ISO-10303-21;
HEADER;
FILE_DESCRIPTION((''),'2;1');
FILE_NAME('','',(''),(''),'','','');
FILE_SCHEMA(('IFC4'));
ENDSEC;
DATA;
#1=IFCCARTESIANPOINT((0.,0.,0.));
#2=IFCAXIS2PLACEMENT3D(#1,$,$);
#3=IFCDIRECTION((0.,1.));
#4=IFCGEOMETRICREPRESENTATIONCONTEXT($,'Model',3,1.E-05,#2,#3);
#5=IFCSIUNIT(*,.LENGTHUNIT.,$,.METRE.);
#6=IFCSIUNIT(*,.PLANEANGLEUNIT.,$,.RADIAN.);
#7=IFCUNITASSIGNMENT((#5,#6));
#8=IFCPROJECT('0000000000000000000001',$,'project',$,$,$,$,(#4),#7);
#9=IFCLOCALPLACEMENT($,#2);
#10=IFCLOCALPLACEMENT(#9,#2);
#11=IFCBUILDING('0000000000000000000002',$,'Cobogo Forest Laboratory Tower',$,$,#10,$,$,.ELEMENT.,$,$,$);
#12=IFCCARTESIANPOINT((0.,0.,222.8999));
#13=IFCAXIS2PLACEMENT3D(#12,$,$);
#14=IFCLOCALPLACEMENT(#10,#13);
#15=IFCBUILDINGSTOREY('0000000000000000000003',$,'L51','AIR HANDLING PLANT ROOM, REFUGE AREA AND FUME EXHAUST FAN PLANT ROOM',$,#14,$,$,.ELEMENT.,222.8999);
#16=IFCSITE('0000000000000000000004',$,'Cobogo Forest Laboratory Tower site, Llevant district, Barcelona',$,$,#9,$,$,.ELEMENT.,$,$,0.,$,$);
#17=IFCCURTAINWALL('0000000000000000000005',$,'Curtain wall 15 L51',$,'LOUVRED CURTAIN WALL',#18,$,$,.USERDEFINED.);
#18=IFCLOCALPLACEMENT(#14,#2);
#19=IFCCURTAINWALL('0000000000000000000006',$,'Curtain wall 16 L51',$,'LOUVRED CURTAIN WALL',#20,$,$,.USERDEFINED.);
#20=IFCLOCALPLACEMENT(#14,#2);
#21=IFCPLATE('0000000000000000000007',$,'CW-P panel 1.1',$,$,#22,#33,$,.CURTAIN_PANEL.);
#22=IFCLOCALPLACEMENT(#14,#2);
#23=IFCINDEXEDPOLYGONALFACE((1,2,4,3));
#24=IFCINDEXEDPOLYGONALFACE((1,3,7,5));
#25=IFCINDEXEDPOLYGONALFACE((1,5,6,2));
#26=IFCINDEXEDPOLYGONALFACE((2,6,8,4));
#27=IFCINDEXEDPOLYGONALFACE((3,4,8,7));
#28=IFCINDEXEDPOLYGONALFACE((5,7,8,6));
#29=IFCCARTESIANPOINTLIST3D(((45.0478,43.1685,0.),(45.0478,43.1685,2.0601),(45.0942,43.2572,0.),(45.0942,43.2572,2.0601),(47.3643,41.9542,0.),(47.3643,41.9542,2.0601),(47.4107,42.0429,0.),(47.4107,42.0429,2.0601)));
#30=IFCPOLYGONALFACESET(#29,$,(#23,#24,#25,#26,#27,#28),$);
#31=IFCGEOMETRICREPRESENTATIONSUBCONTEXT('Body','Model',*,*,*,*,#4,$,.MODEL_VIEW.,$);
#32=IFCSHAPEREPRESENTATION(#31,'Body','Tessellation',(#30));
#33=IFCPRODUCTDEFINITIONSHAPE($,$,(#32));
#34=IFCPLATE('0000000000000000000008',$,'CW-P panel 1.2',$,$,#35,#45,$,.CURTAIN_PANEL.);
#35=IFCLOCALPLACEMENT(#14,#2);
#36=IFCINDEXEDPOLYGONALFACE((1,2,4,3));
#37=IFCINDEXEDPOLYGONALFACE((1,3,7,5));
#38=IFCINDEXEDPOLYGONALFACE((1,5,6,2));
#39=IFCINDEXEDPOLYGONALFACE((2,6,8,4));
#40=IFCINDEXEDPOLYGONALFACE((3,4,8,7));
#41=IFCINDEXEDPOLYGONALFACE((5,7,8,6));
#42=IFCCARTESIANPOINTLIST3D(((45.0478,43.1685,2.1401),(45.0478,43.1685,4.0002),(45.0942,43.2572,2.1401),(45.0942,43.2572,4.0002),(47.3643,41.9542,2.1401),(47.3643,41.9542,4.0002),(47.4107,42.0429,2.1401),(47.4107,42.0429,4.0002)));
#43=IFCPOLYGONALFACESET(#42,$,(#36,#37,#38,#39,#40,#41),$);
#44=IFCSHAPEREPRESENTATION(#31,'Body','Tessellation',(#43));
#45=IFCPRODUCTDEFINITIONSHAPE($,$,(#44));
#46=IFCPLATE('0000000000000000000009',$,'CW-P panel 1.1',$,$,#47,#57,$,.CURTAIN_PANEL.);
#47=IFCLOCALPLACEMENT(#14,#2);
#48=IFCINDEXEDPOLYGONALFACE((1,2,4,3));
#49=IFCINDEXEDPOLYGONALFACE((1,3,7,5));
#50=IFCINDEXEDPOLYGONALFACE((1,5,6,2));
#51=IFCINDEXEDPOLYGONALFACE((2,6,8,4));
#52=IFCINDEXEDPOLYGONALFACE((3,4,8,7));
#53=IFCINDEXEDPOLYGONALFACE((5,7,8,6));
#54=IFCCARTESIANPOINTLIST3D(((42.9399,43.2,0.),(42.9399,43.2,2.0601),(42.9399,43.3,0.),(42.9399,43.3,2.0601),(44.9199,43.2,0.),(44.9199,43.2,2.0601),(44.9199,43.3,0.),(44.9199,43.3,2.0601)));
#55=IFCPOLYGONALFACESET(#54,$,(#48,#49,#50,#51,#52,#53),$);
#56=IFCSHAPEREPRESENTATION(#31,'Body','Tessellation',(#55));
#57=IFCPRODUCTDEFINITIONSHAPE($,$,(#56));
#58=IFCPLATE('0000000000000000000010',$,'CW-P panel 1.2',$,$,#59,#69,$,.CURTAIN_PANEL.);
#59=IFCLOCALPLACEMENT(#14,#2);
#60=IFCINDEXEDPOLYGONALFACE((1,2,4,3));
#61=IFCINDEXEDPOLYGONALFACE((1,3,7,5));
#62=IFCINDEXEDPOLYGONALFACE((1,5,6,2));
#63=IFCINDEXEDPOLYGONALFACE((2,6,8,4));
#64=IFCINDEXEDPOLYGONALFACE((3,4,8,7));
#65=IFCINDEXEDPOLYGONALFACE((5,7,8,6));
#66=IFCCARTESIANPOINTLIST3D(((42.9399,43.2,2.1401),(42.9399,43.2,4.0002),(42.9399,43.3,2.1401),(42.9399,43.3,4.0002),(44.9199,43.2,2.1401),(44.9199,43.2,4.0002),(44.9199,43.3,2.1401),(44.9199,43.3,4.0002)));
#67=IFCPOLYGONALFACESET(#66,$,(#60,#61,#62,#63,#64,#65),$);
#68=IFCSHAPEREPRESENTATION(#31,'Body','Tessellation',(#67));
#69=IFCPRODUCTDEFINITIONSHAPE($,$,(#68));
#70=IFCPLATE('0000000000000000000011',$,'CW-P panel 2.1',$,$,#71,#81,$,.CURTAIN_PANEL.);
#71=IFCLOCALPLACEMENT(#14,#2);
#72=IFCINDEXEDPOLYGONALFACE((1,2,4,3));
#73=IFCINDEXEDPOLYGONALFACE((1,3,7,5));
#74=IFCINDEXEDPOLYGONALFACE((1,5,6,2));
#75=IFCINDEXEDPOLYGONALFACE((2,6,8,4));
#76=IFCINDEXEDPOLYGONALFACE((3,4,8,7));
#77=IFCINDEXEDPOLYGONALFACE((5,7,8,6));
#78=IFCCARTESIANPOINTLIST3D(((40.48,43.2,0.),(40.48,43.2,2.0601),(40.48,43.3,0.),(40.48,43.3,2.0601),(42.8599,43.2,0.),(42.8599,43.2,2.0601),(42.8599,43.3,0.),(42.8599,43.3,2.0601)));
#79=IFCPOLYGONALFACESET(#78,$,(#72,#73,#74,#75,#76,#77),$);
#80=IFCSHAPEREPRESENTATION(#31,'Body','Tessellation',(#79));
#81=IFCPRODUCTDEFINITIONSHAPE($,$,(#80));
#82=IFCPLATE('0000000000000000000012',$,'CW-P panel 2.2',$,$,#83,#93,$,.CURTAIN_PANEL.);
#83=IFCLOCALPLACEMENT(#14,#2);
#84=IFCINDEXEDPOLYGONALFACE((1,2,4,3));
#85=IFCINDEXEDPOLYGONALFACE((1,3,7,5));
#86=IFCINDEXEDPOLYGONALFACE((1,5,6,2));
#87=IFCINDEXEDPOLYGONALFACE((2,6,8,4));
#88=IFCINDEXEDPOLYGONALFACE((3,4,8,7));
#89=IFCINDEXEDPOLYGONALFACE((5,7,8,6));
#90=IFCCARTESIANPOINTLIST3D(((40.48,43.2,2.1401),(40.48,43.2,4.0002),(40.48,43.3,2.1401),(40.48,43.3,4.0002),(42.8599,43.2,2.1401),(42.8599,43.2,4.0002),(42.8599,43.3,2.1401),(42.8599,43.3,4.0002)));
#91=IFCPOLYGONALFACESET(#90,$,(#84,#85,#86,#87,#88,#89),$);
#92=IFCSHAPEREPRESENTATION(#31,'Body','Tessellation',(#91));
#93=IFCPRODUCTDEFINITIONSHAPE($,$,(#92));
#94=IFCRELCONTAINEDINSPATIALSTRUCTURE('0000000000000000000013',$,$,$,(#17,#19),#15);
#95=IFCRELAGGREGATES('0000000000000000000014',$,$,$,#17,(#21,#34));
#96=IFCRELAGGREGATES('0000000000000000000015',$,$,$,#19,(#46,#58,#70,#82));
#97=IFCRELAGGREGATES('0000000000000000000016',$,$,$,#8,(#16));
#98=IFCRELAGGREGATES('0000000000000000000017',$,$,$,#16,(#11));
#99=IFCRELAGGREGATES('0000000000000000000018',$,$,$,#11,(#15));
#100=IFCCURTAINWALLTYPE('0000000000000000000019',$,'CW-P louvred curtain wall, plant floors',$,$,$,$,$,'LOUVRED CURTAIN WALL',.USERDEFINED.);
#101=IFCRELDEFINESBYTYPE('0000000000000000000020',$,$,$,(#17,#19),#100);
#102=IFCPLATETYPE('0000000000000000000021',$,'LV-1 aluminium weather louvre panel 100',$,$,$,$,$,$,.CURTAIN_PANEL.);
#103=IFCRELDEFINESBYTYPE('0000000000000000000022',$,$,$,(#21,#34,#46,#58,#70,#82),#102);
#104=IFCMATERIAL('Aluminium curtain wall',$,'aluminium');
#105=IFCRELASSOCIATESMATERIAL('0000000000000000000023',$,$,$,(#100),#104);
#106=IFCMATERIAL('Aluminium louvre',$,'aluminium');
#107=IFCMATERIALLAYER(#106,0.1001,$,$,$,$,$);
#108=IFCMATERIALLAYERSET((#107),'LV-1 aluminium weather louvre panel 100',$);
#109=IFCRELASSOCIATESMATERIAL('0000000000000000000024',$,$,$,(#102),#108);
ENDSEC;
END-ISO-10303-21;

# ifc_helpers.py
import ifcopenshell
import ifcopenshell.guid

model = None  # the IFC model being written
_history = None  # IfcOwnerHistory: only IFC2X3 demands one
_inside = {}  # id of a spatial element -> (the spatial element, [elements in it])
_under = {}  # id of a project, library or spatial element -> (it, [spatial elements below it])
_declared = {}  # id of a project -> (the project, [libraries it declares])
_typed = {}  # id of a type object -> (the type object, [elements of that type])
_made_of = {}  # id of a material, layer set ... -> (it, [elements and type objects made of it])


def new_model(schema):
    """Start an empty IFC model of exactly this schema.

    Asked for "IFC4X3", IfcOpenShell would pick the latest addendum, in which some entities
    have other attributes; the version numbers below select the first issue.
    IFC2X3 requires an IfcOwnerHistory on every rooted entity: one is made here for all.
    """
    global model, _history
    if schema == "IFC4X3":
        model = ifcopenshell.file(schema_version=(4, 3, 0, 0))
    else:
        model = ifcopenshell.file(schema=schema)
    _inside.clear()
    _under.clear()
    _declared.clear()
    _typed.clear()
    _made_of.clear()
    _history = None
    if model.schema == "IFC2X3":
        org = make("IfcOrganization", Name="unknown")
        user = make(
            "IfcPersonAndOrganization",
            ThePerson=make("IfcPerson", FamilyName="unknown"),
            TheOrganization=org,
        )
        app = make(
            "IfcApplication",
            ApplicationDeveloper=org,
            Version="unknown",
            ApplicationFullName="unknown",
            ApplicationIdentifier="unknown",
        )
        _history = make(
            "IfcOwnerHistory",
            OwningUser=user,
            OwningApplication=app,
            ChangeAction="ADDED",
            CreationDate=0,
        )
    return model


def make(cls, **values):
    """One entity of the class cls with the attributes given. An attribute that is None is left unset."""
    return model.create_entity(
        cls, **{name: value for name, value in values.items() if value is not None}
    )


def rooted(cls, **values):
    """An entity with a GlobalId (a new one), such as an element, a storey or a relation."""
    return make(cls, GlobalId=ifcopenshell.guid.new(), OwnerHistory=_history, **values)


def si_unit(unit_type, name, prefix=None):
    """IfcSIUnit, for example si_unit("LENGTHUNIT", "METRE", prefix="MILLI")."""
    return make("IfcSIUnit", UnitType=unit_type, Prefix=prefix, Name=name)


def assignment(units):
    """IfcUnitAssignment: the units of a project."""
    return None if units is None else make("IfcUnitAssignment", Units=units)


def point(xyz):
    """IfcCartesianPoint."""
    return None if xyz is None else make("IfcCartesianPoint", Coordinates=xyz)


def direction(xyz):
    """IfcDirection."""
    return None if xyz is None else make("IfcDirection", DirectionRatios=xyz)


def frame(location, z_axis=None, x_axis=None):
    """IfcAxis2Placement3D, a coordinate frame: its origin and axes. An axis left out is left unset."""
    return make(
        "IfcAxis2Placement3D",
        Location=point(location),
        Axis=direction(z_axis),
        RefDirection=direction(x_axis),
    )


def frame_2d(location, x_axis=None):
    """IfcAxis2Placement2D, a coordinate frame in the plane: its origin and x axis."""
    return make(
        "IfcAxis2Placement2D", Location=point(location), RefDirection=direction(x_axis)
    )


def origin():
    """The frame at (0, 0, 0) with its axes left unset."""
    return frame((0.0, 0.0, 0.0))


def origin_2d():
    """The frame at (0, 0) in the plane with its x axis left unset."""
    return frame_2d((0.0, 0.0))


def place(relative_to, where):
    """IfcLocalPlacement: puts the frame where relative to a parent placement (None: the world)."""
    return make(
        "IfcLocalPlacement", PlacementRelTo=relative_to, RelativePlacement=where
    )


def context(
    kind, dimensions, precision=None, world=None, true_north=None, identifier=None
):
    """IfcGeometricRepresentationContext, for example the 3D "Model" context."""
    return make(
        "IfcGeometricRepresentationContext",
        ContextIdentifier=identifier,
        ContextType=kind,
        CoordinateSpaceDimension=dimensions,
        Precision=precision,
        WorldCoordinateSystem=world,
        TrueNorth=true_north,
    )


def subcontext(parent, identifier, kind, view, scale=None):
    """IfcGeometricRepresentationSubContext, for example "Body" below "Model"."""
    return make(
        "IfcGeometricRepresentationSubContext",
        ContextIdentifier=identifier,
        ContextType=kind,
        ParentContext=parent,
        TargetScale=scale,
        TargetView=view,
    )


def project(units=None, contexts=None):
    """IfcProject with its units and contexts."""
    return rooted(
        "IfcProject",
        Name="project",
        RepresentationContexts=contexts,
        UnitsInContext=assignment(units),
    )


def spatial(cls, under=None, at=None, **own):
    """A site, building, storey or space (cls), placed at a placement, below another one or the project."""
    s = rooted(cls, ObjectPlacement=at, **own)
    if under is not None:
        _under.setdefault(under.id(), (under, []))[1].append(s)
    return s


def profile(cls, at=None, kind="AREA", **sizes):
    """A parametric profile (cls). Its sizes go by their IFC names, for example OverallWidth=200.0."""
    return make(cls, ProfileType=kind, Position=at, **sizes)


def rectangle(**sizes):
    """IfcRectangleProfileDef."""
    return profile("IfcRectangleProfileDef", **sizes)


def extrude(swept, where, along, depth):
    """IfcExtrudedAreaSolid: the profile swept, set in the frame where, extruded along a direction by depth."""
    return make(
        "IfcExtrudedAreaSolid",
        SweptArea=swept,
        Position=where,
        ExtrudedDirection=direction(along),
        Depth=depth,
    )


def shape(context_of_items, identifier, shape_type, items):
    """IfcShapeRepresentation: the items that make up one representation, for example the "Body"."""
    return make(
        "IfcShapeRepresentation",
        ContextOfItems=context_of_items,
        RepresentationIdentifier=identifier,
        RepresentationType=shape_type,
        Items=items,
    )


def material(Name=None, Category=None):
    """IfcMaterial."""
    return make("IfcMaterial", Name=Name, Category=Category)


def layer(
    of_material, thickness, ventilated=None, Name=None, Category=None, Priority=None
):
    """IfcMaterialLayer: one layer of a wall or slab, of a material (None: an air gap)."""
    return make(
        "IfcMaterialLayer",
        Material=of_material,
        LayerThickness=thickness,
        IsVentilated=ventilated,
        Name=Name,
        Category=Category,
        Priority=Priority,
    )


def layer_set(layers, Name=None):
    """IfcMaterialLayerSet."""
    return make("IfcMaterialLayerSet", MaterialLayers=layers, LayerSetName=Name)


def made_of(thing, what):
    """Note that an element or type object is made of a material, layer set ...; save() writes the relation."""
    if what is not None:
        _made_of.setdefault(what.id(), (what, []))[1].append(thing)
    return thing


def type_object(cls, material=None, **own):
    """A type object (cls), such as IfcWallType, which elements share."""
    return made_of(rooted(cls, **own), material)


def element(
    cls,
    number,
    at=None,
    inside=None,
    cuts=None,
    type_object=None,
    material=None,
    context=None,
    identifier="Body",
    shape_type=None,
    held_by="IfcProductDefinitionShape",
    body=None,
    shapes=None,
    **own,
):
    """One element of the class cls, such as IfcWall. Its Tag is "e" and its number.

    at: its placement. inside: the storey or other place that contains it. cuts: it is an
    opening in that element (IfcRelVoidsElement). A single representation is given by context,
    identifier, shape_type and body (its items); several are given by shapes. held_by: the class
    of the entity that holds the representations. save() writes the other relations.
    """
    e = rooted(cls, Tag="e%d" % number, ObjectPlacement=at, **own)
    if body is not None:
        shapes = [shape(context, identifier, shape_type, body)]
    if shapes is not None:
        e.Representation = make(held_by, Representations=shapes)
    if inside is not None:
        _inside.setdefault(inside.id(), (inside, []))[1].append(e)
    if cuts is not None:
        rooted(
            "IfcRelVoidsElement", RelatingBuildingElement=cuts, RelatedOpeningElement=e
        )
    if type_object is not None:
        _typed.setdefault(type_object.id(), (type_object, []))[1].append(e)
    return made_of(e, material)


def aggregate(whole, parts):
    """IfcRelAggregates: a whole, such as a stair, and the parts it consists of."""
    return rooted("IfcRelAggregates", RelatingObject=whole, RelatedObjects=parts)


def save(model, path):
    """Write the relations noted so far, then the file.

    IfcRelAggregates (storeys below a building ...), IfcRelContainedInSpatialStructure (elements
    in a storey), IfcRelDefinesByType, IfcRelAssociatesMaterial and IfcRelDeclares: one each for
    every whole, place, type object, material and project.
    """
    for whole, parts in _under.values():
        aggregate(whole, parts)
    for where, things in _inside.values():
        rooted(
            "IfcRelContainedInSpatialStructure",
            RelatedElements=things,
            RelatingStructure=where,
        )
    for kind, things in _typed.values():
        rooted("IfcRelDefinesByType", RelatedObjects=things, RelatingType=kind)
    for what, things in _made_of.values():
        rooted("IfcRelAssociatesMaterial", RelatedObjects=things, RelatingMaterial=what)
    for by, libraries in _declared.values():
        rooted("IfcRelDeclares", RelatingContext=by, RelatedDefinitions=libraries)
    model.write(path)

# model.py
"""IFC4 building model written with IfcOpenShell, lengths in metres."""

from ifc_helpers import new_model, si_unit, direction, frame, origin, origin_2d, place, context, subcontext, project, spatial, rectangle, extrude, material, layer, layer_set, type_object, element, aggregate, save


model = new_model("IFC4")

# Units and contexts
model_context = context("Model", 3, precision=1e-05, world=origin(), true_north=direction((0.0, 1.0)))
body_context = subcontext(model_context, "Body", "Model", "MODEL_VIEW")
ifc_project = project(units=[si_unit("LENGTHUNIT", "METRE"), si_unit("PLANEANGLEUNIT", "RADIAN")], contexts=[model_context])

# Site, building, storey
site_placement = place(None, origin())
site = spatial("IfcSite", under=ifc_project, at=site_placement, Name="Cobogo Forest Laboratory Tower site, Llevant district, Barcelona", CompositionType="ELEMENT", RefElevation=0.0)
building_placement = place(site_placement, origin())
building = spatial("IfcBuilding", under=site, at=building_placement, Name="Cobogo Forest Laboratory Tower", CompositionType="ELEMENT")
storey_placement = place(building_placement, frame((0.0, 0.0, 222.8999)))
storey = spatial("IfcBuildingStorey", under=building, at=storey_placement, Name="L51", Description="AIR HANDLING PLANT ROOM, REFUGE AREA AND FUME EXHAUST FAN PLANT ROOM", CompositionType="ELEMENT", Elevation=222.8999)

# Curtain walls
ifc_material_1 = material(Name="Aluminium curtain wall", Category="aluminium")
curtain_wall_type = type_object("IfcCurtainWallType", Name="CW-P louvred curtain wall, plant floors", ElementType="LOUVRED CURTAIN WALL", PredefinedType="USERDEFINED", material=ifc_material_1)
curtain_wall_1_placement = place(storey_placement, origin())
curtain_wall_1 = element("IfcCurtainWall", 1, at=curtain_wall_1_placement, inside=storey, type_object=curtain_wall_type, Name="Curtain wall 15 L51", ObjectType="LOUVRED CURTAIN WALL", PredefinedType="USERDEFINED")
curtain_wall_2_placement = place(storey_placement, origin())
curtain_wall_2 = element("IfcCurtainWall", 2, at=curtain_wall_2_placement, inside=storey, type_object=curtain_wall_type, Name="Curtain wall 16 L51", ObjectType="LOUVRED CURTAIN WALL", PredefinedType="USERDEFINED")

# Plates
ifc_material_2 = material(Name="Aluminium louvre", Category="aluminium")
ifc_layer = layer(ifc_material_2, 0.1001)
ifc_layer_set = layer_set([ifc_layer], Name="LV-1 aluminium weather louvre panel 100")
plate_type = type_object("IfcPlateType", Name="LV-1 aluminium weather louvre panel 100", PredefinedType="CURTAIN_PANEL", material=ifc_layer_set)
plate_1_placement = place(storey_placement, frame((46.2292, 42.6057, 0.0), z_axis=(0.0, 0.0, 1.0), x_axis=(-0.885687, 0.464284, 0.0)))
plate_1 = element("IfcPlate", 3, at=plate_1_placement, type_object=plate_type, Name="CW-P panel 1.1", PredefinedType="CURTAIN_PANEL", context=body_context, shape_type="SweptSolid", body=[
    extrude(rectangle(XDim=2.6155, YDim=0.1001, at=origin_2d()), origin(), (0.0, 0.0, 1.0), 2.0601),
])
plate_2_placement = place(storey_placement, frame((46.2292, 42.6057, 2.1401), z_axis=(0.0, 0.0, 1.0), x_axis=(-0.885687, 0.464284, 0.0)))
plate_2 = element("IfcPlate", 4, at=plate_2_placement, type_object=plate_type, Name="CW-P panel 1.2", PredefinedType="CURTAIN_PANEL", context=body_context, shape_type="SweptSolid", body=[
    extrude(rectangle(XDim=2.6155, YDim=0.1001, at=origin_2d()), origin(), (0.0, 0.0, 1.0), 1.8601),
])
aggregate(curtain_wall_1, [plate_1, plate_2])
plate_3_placement = place(storey_placement, frame((43.9299, 43.25, 0.0), z_axis=(0.0, 0.0, 1.0), x_axis=(-1.0, 0.0, 0.0)))
plate_3 = element("IfcPlate", 5, at=plate_3_placement, type_object=plate_type, Name="CW-P panel 1.1", PredefinedType="CURTAIN_PANEL", context=body_context, shape_type="SweptSolid", body=[
    extrude(rectangle(XDim=1.98, YDim=0.1001, at=origin_2d()), origin(), (0.0, 0.0, 1.0), 2.0601),
])
plate_4_placement = place(storey_placement, frame((43.9299, 43.25, 2.1401), z_axis=(0.0, 0.0, 1.0), x_axis=(-1.0, 0.0, 0.0)))
plate_4 = element("IfcPlate", 6, at=plate_4_placement, type_object=plate_type, Name="CW-P panel 1.2", PredefinedType="CURTAIN_PANEL", context=body_context, shape_type="SweptSolid", body=[
    extrude(rectangle(XDim=1.98, YDim=0.1001, at=origin_2d()), origin(), (0.0, 0.0, 1.0), 1.8601),
])
plate_5_placement = place(storey_placement, frame((41.6699, 43.25, 0.0), z_axis=(0.0, 0.0, 1.0), x_axis=(-1.0, 0.0, 0.0)))
plate_5 = element("IfcPlate", 7, at=plate_5_placement, type_object=plate_type, Name="CW-P panel 2.1", PredefinedType="CURTAIN_PANEL", context=body_context, shape_type="SweptSolid", body=[
    extrude(rectangle(XDim=2.3799, YDim=0.1001, at=origin_2d()), origin(), (0.0, 0.0, 1.0), 2.0601),
])
plate_6_placement = place(storey_placement, frame((41.6699, 43.25, 2.1401), z_axis=(0.0, 0.0, 1.0), x_axis=(-1.0, 0.0, 0.0)))
plate_6 = element("IfcPlate", 8, at=plate_6_placement, type_object=plate_type, Name="CW-P panel 2.2", PredefinedType="CURTAIN_PANEL", context=body_context, shape_type="SweptSolid", body=[
    extrude(rectangle(XDim=2.3799, YDim=0.1001, at=origin_2d()), origin(), (0.0, 0.0, 1.0), 1.8601),
])
aggregate(curtain_wall_2, [plate_3, plate_4, plate_5, plate_6])

save(model, "model.ifc")
